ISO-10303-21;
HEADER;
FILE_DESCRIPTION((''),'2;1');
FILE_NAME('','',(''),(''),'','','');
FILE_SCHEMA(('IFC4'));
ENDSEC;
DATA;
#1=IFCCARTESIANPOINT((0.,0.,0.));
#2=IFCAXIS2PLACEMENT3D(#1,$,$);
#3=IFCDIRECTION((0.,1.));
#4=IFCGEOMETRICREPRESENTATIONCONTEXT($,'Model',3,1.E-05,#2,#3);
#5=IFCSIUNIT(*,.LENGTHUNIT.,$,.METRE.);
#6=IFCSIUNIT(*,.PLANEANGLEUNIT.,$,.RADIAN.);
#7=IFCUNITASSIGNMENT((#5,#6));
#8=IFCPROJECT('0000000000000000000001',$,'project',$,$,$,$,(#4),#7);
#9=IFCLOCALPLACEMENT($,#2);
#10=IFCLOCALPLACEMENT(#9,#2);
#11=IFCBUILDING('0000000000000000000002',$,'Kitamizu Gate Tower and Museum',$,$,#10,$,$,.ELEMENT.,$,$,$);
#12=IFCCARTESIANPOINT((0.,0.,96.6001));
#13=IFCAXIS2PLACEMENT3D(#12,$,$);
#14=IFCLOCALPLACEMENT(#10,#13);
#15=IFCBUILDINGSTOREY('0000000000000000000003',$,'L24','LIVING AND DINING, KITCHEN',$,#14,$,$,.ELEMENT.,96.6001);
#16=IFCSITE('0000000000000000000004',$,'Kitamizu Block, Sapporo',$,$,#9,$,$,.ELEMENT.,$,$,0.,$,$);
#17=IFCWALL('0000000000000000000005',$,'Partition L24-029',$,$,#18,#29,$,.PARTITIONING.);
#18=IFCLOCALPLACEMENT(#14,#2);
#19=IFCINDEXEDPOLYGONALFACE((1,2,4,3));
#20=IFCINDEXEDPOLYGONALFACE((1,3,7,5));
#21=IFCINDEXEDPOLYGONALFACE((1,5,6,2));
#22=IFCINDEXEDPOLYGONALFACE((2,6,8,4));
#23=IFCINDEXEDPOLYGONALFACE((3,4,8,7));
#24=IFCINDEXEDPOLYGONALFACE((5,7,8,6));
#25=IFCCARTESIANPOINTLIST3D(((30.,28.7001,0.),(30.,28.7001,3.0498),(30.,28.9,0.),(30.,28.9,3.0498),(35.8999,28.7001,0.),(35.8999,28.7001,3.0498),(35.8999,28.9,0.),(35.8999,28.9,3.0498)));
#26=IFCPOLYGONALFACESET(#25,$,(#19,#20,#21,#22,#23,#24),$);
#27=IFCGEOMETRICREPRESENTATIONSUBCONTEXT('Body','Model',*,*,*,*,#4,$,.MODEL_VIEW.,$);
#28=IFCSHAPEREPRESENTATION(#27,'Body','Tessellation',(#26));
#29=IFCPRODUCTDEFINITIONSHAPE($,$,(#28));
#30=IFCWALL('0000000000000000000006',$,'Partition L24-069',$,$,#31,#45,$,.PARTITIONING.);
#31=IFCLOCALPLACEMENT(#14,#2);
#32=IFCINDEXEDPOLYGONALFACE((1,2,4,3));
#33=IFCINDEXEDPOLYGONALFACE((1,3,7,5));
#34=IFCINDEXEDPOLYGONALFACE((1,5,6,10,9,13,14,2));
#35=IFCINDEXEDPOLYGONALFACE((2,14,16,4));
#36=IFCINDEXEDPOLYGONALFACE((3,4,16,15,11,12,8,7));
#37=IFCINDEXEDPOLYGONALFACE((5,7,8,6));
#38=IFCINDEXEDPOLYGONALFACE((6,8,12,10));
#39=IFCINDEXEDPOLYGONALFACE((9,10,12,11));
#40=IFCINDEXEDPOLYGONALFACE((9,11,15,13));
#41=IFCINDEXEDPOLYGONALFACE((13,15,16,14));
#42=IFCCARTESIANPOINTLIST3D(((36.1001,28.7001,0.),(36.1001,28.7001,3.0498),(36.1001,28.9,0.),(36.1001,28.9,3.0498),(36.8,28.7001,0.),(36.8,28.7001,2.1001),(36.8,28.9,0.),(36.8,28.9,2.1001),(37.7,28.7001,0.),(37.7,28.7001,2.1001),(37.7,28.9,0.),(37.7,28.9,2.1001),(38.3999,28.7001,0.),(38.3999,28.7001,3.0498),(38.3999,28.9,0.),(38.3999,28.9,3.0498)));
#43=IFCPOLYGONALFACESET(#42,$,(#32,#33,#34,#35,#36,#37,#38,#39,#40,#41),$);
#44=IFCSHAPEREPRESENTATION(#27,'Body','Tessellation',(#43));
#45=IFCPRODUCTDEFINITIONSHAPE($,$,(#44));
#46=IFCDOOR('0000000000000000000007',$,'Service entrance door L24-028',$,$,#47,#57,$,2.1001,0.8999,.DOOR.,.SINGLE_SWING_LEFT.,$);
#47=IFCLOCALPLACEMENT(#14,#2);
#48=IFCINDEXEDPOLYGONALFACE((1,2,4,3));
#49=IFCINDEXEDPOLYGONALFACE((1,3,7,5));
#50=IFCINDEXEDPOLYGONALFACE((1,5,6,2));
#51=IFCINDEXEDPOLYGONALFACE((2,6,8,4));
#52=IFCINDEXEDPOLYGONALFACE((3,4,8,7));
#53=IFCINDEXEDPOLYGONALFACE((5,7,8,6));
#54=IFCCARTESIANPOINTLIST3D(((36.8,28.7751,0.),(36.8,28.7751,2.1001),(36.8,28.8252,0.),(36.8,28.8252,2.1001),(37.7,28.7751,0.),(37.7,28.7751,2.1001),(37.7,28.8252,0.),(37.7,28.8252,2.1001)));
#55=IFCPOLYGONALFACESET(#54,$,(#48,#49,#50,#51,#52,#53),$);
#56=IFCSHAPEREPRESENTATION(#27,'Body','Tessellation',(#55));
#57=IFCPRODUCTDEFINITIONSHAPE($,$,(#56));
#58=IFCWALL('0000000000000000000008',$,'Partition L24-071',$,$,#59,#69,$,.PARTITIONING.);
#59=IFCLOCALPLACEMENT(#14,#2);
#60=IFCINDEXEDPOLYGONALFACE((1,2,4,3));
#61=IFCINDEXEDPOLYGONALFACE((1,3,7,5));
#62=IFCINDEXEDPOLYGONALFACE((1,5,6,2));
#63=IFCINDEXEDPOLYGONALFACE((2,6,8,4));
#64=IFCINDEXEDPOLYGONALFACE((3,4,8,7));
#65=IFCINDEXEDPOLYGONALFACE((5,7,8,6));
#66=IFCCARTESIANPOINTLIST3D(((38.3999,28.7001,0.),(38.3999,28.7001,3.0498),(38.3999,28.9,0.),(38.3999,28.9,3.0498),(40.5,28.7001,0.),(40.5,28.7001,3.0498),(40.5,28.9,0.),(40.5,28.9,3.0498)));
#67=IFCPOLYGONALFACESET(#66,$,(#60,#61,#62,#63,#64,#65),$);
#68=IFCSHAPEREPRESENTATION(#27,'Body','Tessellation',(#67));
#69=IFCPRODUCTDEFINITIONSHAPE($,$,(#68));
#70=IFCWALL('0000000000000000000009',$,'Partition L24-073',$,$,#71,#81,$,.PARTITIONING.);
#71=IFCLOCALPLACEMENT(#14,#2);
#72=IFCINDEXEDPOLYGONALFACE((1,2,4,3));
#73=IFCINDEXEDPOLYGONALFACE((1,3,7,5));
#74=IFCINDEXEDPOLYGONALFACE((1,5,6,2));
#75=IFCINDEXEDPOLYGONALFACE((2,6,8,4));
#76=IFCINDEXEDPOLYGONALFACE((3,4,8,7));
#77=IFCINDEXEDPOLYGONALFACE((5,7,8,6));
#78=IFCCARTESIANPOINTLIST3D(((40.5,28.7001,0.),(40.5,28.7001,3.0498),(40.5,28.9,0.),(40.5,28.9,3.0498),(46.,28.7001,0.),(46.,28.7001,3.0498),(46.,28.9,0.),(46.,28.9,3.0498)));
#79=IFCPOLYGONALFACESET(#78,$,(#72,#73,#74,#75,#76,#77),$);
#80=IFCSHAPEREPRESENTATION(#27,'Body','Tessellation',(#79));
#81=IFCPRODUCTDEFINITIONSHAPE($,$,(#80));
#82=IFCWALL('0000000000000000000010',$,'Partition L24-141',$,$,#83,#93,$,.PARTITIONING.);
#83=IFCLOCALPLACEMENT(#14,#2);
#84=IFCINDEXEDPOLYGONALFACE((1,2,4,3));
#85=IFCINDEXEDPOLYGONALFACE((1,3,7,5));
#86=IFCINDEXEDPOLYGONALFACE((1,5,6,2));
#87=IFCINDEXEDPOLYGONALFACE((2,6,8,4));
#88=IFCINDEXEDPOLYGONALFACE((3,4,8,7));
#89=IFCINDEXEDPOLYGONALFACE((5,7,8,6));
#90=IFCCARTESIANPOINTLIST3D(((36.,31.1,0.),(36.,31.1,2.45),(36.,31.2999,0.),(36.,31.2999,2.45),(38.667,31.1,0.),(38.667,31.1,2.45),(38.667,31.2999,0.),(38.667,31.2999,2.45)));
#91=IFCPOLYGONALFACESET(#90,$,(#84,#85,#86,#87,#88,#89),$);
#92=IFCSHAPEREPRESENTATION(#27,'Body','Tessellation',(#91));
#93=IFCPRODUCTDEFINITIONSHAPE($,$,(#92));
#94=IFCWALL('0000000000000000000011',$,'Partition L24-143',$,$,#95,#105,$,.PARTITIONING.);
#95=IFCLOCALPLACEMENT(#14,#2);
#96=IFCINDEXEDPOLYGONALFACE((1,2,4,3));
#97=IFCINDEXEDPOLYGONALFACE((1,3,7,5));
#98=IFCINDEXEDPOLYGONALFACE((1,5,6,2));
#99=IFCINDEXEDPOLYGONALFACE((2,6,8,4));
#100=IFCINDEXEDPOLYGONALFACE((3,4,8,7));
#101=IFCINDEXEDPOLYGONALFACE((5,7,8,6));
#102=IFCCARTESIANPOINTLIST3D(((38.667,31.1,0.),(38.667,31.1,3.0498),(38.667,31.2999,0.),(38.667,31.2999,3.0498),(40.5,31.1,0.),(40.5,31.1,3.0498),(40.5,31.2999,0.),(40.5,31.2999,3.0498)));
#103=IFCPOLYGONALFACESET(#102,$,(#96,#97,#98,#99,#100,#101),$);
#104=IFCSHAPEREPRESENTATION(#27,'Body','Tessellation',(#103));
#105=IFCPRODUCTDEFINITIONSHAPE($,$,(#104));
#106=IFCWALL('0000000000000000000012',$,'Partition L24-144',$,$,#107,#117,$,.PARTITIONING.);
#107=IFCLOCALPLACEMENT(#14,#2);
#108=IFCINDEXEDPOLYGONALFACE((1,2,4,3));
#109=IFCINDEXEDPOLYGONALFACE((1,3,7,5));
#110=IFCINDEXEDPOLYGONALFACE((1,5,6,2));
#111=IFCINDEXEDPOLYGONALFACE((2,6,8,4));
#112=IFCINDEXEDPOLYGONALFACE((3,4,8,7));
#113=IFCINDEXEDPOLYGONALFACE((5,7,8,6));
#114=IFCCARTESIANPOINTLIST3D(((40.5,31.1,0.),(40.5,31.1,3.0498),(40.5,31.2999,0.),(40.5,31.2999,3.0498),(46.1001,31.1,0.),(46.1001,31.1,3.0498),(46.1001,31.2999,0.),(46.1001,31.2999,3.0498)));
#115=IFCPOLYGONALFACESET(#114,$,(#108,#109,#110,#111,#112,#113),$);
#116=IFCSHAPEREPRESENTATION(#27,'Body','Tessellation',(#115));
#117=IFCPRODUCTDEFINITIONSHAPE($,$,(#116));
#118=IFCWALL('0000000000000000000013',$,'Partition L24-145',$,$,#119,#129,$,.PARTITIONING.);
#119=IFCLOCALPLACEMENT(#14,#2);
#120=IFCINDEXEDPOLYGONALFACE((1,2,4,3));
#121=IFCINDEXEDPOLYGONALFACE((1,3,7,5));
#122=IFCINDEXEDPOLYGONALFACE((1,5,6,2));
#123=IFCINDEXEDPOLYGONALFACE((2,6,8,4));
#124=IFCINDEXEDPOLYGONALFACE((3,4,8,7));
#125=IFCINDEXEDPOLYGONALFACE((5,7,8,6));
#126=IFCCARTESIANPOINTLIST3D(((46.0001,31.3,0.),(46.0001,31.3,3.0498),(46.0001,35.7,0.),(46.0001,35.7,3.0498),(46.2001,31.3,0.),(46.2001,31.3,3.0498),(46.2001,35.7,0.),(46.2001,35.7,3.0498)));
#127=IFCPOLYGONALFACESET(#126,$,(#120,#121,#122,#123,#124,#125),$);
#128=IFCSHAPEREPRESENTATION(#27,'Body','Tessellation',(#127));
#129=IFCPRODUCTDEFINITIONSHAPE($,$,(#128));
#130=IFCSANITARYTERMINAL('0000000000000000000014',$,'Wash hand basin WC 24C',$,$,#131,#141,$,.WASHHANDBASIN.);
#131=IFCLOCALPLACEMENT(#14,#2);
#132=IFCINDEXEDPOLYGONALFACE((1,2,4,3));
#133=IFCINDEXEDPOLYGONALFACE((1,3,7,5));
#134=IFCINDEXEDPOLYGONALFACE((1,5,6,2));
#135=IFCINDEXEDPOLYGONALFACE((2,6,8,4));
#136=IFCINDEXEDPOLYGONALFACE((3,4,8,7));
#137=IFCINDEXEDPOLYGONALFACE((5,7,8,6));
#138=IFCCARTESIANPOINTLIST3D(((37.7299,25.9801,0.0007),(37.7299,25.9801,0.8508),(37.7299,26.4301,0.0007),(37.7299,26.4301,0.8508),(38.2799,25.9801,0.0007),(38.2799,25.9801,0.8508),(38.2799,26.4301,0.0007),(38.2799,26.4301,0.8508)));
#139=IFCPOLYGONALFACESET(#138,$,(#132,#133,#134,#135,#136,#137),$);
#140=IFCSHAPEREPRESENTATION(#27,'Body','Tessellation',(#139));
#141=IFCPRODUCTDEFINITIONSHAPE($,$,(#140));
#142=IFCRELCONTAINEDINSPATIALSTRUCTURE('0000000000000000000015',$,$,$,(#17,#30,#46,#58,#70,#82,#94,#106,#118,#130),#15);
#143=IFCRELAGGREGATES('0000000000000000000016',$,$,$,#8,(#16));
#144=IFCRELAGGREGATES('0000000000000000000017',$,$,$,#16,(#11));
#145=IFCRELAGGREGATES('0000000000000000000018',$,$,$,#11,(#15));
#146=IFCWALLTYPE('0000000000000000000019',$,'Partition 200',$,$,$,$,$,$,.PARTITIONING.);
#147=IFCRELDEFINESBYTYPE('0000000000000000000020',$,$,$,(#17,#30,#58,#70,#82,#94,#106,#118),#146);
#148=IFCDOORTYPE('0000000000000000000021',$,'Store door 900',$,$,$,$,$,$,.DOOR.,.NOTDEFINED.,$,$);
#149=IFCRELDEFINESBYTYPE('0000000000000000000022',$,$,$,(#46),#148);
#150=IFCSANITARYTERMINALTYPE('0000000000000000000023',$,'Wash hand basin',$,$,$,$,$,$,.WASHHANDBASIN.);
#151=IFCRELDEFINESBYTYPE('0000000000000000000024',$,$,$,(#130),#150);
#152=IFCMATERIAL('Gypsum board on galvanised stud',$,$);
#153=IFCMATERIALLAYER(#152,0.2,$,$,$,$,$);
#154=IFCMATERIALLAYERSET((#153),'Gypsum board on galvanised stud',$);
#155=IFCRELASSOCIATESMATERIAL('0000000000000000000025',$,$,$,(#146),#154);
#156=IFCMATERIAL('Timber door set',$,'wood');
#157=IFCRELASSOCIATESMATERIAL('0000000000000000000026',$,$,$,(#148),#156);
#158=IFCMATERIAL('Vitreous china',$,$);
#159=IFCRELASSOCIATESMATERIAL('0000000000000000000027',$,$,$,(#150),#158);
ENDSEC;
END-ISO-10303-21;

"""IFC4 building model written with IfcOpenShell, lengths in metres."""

from ifc_helpers import new_model, si_unit, direction, frame, frame_2d, origin, origin_2d, place, context, subcontext, project, spatial, rectangle, extrude, material, layer, layer_set, type_object, element, fill, save


model = new_model("IFC4")

# Units and contexts
model_context = context("Model", 3, precision=1e-05, world=origin(), true_north=direction((0.0, 1.0)))
body_context = subcontext(model_context, "Body", "Model", "MODEL_VIEW")
ifc_project = project(units=[si_unit("LENGTHUNIT", "METRE"), si_unit("PLANEANGLEUNIT", "RADIAN")], contexts=[model_context])

# Site, building, storey
site_placement = place(None, origin())
site = spatial("IfcSite", under=ifc_project, at=site_placement, Name="Kitamizu Block, Sapporo", CompositionType="ELEMENT", RefElevation=0.0)
building_placement = place(site_placement, origin())
building = spatial("IfcBuilding", under=site, at=building_placement, Name="Kitamizu Gate Tower and Museum", CompositionType="ELEMENT")
storey_placement = place(building_placement, frame((0.0, 0.0, 96.6001)))
storey = spatial("IfcBuildingStorey", under=building, at=storey_placement, Name="L24", Description="LIVING AND DINING, KITCHEN", CompositionType="ELEMENT", Elevation=96.6001)

# Wall
ifc_material_1 = material(Name="Gypsum board on galvanised stud")
ifc_layer_1 = layer(ifc_material_1, 0.2)
ifc_layer_set_1 = layer_set([ifc_layer_1], Name="Gypsum board on galvanised stud")
wall_type_1 = type_object("IfcWallType", Name="Partition 200", PredefinedType="PARTITIONING", material=ifc_layer_set_1)
wall_1_placement = place(storey_placement, frame((35.8999, 28.8, 0.0), z_axis=(0.0, 0.0, 1.0), x_axis=(-1.0, 0.0, 0.0)))
element("IfcWall", 1, at=wall_1_placement, inside=storey, type_object=wall_type_1, Name="Partition L24-029", PredefinedType="PARTITIONING", context=body_context, shape_type="SweptSolid", body=[
    extrude(rectangle(XDim=5.8999, YDim=0.2, at=frame_2d((2.95, 0.0))), origin(), (0.0, 0.0, 1.0), 3.0498),
])

# Wall, opening, door
wall_2_placement = place(storey_placement, frame((38.3999, 28.8, 0.0), z_axis=(0.0, 0.0, 1.0), x_axis=(-1.0, 0.0, 0.0)))
wall_2 = element("IfcWall", 2, at=wall_2_placement, inside=storey, type_object=wall_type_1, Name="Partition L24-069", PredefinedType="PARTITIONING", context=body_context, shape_type="SweptSolid", body=[
    extrude(rectangle(XDim=2.2998, YDim=0.2, at=frame_2d((1.1499, 0.0))), origin(), (0.0, 0.0, 1.0), 3.0498),
])
opening_1_placement = place(wall_2_placement, frame((0.7, 0.0, 0.0)))
opening_1 = element("IfcOpeningElement", 3, at=opening_1_placement, cuts=wall_2, PredefinedType="OPENING", context=body_context, shape_type="SweptSolid", body=[
    extrude(rectangle(XDim=0.8999, YDim=2.1001, at=frame_2d((0.45, 1.05))), frame((0.0, 0.1099, 0.0), z_axis=(0.0, -1.0, 0.0), x_axis=(1.0, 0.0, 0.0)), (0.0, 0.0, 1.0), 0.22),
])
ifc_material_2 = material(Name="Timber door set", Category="wood")
door_type_1 = type_object("IfcDoorType", Name="Store door 900", OperationType="NOTDEFINED", PredefinedType="DOOR", material=ifc_material_2)
door_1_placement = place(opening_1_placement, origin())
door_1 = element("IfcDoor", 4, at=door_1_placement, inside=storey, type_object=door_type_1, Name="Service entrance door L24-028", OperationType="SINGLE_SWING_LEFT", OverallHeight=2.1001, OverallWidth=0.8999, PredefinedType="DOOR", context=body_context, shape_type="SweptSolid", body=[
    extrude(rectangle(XDim=0.8999, YDim=2.1001, at=frame_2d((0.45, 1.05))), frame((0.0, 0.0249, 0.0), z_axis=(0.0, -1.0, 0.0), x_axis=(1.0, 0.0, 0.0)), (0.0, 0.0, 1.0), 0.05),
])
fill(opening_1, door_1)

# Walls
wall_3_placement = place(storey_placement, frame((40.5, 28.8, 0.0), z_axis=(0.0, 0.0, 1.0), x_axis=(-1.0, 0.0, 0.0)))
element("IfcWall", 5, at=wall_3_placement, inside=storey, type_object=wall_type_1, Name="Partition L24-071", PredefinedType="PARTITIONING", context=body_context, shape_type="SweptSolid", body=[
    extrude(rectangle(XDim=2.1001, YDim=0.2, at=frame_2d((1.05, 0.0))), origin(), (0.0, 0.0, 1.0), 3.0498),
])
wall_4_placement = place(storey_placement, frame((46.0, 28.8, 0.0), z_axis=(0.0, 0.0, 1.0), x_axis=(-1.0, 0.0, 0.0)))
element("IfcWall", 6, at=wall_4_placement, inside=storey, type_object=wall_type_1, Name="Partition L24-073", PredefinedType="PARTITIONING", context=body_context, shape_type="SweptSolid", body=[
    extrude(rectangle(XDim=5.5, YDim=0.2, at=frame_2d((2.75, 0.0))), origin(), (0.0, 0.0, 1.0), 3.0498),
])
wall_5_placement = place(storey_placement, frame((36.0, 31.2, 0.0), z_axis=(0.0, 0.0, 1.0), x_axis=(1.0, 0.0, 0.0)))
element("IfcWall", 7, at=wall_5_placement, inside=storey, type_object=wall_type_1, Name="Partition L24-141", PredefinedType="PARTITIONING", context=body_context, shape_type="SweptSolid", body=[
    extrude(rectangle(XDim=2.667, YDim=0.2, at=frame_2d((1.3335, 0.0))), origin(), (0.0, 0.0, 1.0), 2.45),
])
wall_6_placement = place(storey_placement, frame((38.667, 31.2, 0.0), z_axis=(0.0, 0.0, 1.0), x_axis=(1.0, 0.0, 0.0)))
element("IfcWall", 8, at=wall_6_placement, inside=storey, type_object=wall_type_1, Name="Partition L24-143", PredefinedType="PARTITIONING", context=body_context, shape_type="SweptSolid", body=[
    extrude(rectangle(XDim=1.833, YDim=0.2, at=frame_2d((0.9165, 0.0))), origin(), (0.0, 0.0, 1.0), 3.0498),
])
wall_7_placement = place(storey_placement, frame((40.5, 31.2, 0.0), z_axis=(0.0, 0.0, 1.0), x_axis=(1.0, 0.0, 0.0)))
element("IfcWall", 9, at=wall_7_placement, inside=storey, type_object=wall_type_1, Name="Partition L24-144", PredefinedType="PARTITIONING", context=body_context, shape_type="SweptSolid", body=[
    extrude(rectangle(XDim=5.6001, YDim=0.2, at=frame_2d((2.8, 0.0))), origin(), (0.0, 0.0, 1.0), 3.0498),
])
wall_8_placement = place(storey_placement, frame((46.1001, 31.3, 0.0), z_axis=(0.0, 0.0, 1.0), x_axis=(0.0, 1.0, 0.0)))
element("IfcWall", 10, at=wall_8_placement, inside=storey, type_object=wall_type_1, Name="Partition L24-145", PredefinedType="PARTITIONING", context=body_context, shape_type="SweptSolid", body=[
    extrude(rectangle(XDim=4.3999, YDim=0.2, at=frame_2d((2.2, 0.0))), origin(), (0.0, 0.0, 1.0), 3.0498),
])

# Sanitary terminal
ifc_material_3 = material(Name="Vitreous china")
sanitary_terminal_type = type_object("IfcSanitaryTerminalType", Name="Wash hand basin", PredefinedType="WASHHANDBASIN", material=ifc_material_3)
sanitary_terminal_placement = place(storey_placement, frame((38.0049, 26.2051, 0.0007), z_axis=(0.0, 0.0, 1.0), x_axis=(1.0, 0.0, 0.0)))
element("IfcSanitaryTerminal", 11, at=sanitary_terminal_placement, inside=storey, type_object=sanitary_terminal_type, Name="Wash hand basin WC 24C", PredefinedType="WASHHANDBASIN", context=body_context, shape_type="SweptSolid", body=[
    extrude(rectangle(XDim=0.55, YDim=0.45, at=origin_2d()), origin(), (0.0, 0.0, 1.0), 0.8501),
])

save(model, "model.ifc")
